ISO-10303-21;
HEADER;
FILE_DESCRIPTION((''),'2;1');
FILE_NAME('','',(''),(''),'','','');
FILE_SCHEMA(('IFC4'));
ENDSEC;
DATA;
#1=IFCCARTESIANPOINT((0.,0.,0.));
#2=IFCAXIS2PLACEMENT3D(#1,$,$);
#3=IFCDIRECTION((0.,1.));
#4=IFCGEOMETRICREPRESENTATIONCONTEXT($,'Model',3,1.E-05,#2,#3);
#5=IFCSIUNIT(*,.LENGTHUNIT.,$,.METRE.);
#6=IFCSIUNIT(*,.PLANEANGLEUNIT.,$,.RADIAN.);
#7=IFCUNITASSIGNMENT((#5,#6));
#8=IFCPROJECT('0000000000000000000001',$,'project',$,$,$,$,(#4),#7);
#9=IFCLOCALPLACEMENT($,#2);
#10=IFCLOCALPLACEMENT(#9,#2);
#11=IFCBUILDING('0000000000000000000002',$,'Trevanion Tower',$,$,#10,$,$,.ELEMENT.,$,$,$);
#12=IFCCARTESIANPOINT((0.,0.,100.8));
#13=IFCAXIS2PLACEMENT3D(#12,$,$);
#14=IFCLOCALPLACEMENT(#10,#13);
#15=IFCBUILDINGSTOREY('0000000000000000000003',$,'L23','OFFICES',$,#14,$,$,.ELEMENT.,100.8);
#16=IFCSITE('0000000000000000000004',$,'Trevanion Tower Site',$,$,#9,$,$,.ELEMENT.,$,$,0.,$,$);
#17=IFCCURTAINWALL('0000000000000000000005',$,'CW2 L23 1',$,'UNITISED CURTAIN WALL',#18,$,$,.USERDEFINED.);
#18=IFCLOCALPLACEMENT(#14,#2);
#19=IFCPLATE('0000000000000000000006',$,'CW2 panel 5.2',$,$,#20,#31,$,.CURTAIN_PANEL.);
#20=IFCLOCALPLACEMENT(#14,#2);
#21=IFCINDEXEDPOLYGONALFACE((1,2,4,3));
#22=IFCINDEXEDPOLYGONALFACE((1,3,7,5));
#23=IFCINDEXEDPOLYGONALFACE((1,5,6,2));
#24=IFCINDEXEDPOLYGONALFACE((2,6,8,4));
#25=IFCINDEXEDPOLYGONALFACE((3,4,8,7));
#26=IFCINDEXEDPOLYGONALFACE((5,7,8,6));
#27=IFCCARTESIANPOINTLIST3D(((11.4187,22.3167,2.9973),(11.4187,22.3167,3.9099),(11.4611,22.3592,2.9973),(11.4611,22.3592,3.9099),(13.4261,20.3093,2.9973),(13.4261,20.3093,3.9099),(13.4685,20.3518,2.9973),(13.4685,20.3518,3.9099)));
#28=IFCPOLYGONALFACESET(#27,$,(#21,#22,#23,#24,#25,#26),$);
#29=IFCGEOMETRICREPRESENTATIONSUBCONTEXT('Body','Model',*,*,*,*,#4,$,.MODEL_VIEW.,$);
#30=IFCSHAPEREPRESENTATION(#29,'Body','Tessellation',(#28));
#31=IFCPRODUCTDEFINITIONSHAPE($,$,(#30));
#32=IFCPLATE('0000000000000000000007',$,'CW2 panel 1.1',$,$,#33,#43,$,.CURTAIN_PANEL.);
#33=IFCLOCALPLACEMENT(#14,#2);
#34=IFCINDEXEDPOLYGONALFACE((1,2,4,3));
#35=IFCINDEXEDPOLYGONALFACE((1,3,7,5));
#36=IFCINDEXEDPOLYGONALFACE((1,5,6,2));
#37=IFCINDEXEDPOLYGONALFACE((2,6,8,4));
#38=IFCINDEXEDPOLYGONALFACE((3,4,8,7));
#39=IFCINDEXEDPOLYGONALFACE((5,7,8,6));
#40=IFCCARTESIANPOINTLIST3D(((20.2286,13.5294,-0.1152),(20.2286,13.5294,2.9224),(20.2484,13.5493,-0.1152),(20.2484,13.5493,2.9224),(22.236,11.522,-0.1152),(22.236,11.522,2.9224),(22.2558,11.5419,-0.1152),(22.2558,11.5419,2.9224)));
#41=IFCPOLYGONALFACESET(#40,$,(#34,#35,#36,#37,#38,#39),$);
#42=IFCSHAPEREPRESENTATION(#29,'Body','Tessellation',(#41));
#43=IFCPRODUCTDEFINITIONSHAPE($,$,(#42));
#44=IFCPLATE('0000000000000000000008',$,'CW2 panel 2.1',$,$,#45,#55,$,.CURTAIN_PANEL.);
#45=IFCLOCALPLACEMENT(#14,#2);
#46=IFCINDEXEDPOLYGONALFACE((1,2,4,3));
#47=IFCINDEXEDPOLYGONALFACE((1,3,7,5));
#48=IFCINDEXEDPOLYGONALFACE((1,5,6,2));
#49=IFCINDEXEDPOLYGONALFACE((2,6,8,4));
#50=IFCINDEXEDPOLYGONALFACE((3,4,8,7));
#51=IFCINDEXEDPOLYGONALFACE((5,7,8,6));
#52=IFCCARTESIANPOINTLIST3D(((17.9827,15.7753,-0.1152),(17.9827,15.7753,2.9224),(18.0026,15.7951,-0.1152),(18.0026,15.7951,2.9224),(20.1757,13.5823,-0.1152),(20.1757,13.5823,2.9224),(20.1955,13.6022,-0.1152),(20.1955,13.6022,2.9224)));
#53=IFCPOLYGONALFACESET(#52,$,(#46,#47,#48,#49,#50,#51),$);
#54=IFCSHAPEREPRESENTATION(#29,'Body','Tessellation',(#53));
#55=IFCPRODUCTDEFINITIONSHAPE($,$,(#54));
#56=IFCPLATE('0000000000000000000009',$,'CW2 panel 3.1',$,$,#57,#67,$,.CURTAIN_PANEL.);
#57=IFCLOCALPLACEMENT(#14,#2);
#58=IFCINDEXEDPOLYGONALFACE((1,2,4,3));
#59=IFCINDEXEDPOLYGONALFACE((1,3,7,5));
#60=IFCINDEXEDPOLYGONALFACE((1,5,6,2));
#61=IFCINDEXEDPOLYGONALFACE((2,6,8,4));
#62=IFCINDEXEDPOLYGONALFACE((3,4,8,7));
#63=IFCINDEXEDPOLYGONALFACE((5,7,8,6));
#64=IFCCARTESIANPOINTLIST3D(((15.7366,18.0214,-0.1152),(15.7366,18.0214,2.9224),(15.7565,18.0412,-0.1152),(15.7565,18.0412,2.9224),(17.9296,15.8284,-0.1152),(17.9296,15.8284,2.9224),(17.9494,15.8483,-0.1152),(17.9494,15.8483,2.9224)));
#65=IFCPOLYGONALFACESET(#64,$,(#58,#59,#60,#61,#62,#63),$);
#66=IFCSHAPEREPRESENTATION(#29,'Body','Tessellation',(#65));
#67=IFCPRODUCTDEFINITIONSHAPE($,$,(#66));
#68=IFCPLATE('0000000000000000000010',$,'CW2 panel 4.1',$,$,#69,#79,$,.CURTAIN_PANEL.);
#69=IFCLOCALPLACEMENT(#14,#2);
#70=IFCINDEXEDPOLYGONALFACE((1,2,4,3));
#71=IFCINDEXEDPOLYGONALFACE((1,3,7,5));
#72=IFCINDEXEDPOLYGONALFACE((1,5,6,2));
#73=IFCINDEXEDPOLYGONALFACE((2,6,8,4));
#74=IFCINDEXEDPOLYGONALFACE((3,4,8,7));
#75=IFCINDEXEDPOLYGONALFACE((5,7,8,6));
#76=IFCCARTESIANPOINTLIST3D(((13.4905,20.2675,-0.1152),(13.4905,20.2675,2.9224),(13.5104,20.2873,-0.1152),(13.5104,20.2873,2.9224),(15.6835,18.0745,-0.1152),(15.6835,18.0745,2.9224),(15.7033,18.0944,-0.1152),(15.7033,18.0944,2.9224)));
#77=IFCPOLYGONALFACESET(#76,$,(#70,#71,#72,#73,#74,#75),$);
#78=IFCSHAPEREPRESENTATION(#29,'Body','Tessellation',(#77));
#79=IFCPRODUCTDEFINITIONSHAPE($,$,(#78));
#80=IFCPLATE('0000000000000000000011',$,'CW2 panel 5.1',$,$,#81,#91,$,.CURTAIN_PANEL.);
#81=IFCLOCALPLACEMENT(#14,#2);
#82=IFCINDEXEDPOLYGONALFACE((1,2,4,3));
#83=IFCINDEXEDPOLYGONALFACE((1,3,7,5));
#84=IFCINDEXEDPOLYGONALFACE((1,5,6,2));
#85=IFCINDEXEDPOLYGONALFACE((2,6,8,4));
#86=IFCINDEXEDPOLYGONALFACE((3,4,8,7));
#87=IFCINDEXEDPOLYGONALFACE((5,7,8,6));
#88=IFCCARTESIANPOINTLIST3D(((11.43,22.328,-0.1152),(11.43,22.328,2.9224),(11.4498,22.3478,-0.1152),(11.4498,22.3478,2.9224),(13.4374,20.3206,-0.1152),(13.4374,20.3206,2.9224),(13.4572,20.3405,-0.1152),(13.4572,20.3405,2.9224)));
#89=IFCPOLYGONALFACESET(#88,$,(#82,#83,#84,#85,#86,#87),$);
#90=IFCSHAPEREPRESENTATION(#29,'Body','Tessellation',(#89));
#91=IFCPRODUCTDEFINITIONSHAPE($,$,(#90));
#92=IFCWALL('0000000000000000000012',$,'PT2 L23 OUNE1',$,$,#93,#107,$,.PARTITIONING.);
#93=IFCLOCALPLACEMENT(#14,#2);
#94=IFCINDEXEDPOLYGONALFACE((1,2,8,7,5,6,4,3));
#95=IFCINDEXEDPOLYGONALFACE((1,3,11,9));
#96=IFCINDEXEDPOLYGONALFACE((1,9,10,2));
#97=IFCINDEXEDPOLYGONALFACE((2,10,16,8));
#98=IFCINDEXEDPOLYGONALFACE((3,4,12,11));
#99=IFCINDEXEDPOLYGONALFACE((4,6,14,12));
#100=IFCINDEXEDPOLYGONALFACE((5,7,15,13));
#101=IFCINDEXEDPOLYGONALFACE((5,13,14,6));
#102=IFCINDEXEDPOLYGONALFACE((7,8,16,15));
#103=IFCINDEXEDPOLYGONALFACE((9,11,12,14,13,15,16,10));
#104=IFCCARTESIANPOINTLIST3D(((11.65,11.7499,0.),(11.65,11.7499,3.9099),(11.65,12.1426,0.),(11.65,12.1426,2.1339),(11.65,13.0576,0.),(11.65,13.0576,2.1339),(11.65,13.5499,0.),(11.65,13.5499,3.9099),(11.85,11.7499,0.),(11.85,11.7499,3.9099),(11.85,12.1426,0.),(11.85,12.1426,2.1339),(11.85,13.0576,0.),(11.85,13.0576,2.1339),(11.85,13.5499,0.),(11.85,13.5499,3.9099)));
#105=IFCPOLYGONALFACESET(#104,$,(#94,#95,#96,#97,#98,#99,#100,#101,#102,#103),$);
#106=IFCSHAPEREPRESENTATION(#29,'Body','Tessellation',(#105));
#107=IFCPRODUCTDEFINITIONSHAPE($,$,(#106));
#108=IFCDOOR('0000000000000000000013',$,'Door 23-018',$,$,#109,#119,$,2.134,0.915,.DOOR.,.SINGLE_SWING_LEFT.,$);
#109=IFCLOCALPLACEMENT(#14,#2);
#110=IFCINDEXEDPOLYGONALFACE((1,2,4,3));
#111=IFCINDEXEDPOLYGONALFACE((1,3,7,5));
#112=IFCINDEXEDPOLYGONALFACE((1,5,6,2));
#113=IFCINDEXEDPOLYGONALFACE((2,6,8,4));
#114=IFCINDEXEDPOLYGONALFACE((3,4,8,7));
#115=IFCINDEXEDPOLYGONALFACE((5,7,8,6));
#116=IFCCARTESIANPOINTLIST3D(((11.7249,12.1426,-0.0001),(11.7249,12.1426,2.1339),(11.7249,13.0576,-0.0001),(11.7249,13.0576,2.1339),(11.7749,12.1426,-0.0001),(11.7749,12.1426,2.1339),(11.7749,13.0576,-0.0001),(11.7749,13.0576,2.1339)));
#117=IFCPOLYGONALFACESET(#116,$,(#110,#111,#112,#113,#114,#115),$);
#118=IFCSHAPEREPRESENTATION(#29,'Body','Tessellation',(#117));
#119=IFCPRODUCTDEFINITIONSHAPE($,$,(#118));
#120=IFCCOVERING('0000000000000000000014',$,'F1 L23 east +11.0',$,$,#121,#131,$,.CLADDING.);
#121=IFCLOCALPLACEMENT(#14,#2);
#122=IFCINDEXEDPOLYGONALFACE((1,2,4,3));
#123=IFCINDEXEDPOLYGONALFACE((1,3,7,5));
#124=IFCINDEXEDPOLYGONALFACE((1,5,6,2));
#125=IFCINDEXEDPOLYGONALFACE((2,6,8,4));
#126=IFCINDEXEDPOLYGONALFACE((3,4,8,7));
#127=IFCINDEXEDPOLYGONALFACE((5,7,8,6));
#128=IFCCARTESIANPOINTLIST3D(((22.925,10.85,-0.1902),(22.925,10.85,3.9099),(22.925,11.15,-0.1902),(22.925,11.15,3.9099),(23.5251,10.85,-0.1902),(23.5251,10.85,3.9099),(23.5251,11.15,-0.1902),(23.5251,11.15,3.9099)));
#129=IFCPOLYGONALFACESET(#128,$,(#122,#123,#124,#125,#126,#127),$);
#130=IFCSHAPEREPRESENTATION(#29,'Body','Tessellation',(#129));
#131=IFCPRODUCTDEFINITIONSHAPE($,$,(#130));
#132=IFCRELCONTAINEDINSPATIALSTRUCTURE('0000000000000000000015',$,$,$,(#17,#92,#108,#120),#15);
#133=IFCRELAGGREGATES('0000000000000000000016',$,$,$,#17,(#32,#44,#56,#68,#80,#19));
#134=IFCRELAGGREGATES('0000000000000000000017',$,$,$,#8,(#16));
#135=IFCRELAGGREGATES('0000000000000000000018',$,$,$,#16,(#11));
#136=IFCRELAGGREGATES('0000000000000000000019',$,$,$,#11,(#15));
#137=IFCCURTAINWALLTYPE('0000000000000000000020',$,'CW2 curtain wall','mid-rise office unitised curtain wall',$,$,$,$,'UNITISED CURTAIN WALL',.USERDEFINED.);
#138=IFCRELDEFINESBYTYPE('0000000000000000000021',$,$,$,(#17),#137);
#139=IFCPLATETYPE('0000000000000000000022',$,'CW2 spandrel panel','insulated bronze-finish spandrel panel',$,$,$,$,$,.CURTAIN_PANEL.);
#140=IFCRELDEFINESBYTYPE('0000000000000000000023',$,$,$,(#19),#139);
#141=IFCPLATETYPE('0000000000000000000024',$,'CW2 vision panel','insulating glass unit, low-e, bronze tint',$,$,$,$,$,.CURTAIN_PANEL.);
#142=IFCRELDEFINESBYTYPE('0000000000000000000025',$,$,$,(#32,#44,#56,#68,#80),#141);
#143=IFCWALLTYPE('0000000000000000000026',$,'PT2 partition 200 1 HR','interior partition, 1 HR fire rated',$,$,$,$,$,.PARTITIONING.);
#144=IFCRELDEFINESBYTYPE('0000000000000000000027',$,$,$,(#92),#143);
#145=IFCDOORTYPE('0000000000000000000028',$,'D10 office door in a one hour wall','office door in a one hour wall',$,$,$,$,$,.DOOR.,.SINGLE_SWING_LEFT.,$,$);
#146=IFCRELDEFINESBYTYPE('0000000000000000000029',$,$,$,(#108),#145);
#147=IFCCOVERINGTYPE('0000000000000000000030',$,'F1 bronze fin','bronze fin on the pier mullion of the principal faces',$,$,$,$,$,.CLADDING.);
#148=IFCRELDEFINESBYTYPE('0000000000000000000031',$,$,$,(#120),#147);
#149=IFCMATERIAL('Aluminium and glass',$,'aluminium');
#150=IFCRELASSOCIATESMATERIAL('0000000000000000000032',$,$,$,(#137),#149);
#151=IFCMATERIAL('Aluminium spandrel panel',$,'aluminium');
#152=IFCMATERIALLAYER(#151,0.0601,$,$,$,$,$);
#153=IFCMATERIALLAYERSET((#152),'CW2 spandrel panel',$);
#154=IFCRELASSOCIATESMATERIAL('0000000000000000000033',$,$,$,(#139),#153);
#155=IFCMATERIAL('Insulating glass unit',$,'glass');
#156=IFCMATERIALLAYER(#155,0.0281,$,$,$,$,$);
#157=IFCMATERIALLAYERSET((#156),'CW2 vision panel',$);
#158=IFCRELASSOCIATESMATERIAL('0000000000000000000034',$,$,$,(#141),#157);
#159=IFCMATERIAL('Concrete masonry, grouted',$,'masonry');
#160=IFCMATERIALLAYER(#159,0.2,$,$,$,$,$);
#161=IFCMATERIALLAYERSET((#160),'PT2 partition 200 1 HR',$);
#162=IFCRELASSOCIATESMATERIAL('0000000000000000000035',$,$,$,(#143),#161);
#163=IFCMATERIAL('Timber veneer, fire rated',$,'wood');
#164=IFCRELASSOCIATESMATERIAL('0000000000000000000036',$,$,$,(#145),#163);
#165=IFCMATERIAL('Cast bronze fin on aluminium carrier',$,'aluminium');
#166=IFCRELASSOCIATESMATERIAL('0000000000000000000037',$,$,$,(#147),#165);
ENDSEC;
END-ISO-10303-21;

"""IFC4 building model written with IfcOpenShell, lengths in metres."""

from ifc_helpers import new_model, si_unit, direction, frame, frame_2d, origin, origin_2d, place, context, subcontext, project, spatial, rectangle, extrude, material, layer, layer_set, type_object, element, fill, aggregate, save


model = new_model("IFC4")

# Units and contexts
model_context = context("Model", 3, precision=1e-05, world=origin(), true_north=direction((0.0, 1.0)))
body_context = subcontext(model_context, "Body", "Model", "MODEL_VIEW")
ifc_project = project(units=[si_unit("LENGTHUNIT", "METRE"), si_unit("PLANEANGLEUNIT", "RADIAN")], contexts=[model_context])

# Site, building, storey
site_placement = place(None, origin())
site = spatial("IfcSite", under=ifc_project, at=site_placement, Name="Trevanion Tower Site", CompositionType="ELEMENT", RefElevation=0.0)
building_placement = place(site_placement, origin())
building = spatial("IfcBuilding", under=site, at=building_placement, Name="Trevanion Tower", CompositionType="ELEMENT")
storey_placement = place(building_placement, frame((0.0, 0.0, 100.8)))
storey = spatial("IfcBuildingStorey", under=building, at=storey_placement, Name="L23", Description="OFFICES", CompositionType="ELEMENT", Elevation=100.8)

# Curtain wall
ifc_material_1 = material(Name="Aluminium and glass", Category="aluminium")
curtain_wall_type = type_object("IfcCurtainWallType", Name="CW2 curtain wall", Description="mid-rise office unitised curtain wall", ElementType="UNITISED CURTAIN WALL", PredefinedType="USERDEFINED", material=ifc_material_1)
curtain_wall_1_placement = place(storey_placement, origin())
curtain_wall_1 = element("IfcCurtainWall", 1, at=curtain_wall_1_placement, inside=storey, type_object=curtain_wall_type, Name="CW2 L23 1", ObjectType="UNITISED CURTAIN WALL", PredefinedType="USERDEFINED")

# Plates
ifc_material_2 = material(Name="Aluminium spandrel panel", Category="aluminium")
ifc_layer_1 = layer(ifc_material_2, 0.0601)
ifc_layer_set_1 = layer_set([ifc_layer_1], Name="CW2 spandrel panel")
plate_type_1 = type_object("IfcPlateType", Name="CW2 spandrel panel", Description="insulated bronze-finish spandrel panel", PredefinedType="CURTAIN_PANEL", material=ifc_layer_set_1)
plate_1_placement = place(storey_placement, frame((12.4436, 21.3342, 2.9973), z_axis=(0.0, 0.0, 1.0), x_axis=(-0.707107, 0.707107, 0.0)))
plate_1 = element("IfcPlate", 2, at=plate_1_placement, type_object=plate_type_1, Name="CW2 panel 5.2", PredefinedType="CURTAIN_PANEL", context=body_context, shape_type="SweptSolid", body=[
    extrude(rectangle(XDim=2.8389, YDim=0.0601, at=origin_2d()), origin(), (0.0, 0.0, 1.0), 0.9126),
])
ifc_material_3 = material(Name="Insulating glass unit", Category="glass")
ifc_layer_2 = layer(ifc_material_3, 0.0281)
ifc_layer_set_2 = layer_set([ifc_layer_2], Name="CW2 vision panel")
plate_type_2 = type_object("IfcPlateType", Name="CW2 vision panel", Description="insulating glass unit, low-e, bronze tint", PredefinedType="CURTAIN_PANEL", material=ifc_layer_set_2)
plate_2_placement = place(storey_placement, frame((21.2422, 12.5356, -0.1152), z_axis=(0.0, 0.0, 1.0), x_axis=(-0.707107, 0.707107, 0.0)))
plate_2 = element("IfcPlate", 3, at=plate_2_placement, type_object=plate_type_2, Name="CW2 panel 1.1", PredefinedType="CURTAIN_PANEL", context=body_context, shape_type="SweptSolid", body=[
    extrude(rectangle(XDim=2.8389, YDim=0.0281, at=origin_2d()), origin(), (0.0, 0.0, 1.0), 3.0376),
])
plate_3_placement = place(storey_placement, frame((19.0891, 14.6887, -0.1152), z_axis=(0.0, 0.0, 1.0), x_axis=(-0.707107, 0.707107, 0.0)))
plate_3 = element("IfcPlate", 4, at=plate_3_placement, type_object=plate_type_2, Name="CW2 panel 2.1", PredefinedType="CURTAIN_PANEL", context=body_context, shape_type="SweptSolid", body=[
    extrude(rectangle(XDim=3.1013, YDim=0.0281, at=origin_2d()), origin(), (0.0, 0.0, 1.0), 3.0376),
])
plate_4_placement = place(storey_placement, frame((16.843, 16.9348, -0.1152), z_axis=(0.0, 0.0, 1.0), x_axis=(-0.707107, 0.707107, 0.0)))
plate_4 = element("IfcPlate", 5, at=plate_4_placement, type_object=plate_type_2, Name="CW2 panel 3.1", PredefinedType="CURTAIN_PANEL", context=body_context, shape_type="SweptSolid", body=[
    extrude(rectangle(XDim=3.1013, YDim=0.0281, at=origin_2d()), origin(), (0.0, 0.0, 1.0), 3.0376),
])
plate_5_placement = place(storey_placement, frame((14.5969, 19.1809, -0.1152), z_axis=(0.0, 0.0, 1.0), x_axis=(-0.707107, 0.707107, 0.0)))
plate_5 = element("IfcPlate", 6, at=plate_5_placement, type_object=plate_type_2, Name="CW2 panel 4.1", PredefinedType="CURTAIN_PANEL", context=body_context, shape_type="SweptSolid", body=[
    extrude(rectangle(XDim=3.1013, YDim=0.0281, at=origin_2d()), origin(), (0.0, 0.0, 1.0), 3.0376),
])
plate_6_placement = place(storey_placement, frame((12.4436, 21.3342, -0.1152), z_axis=(0.0, 0.0, 1.0), x_axis=(-0.707107, 0.707107, 0.0)))
plate_6 = element("IfcPlate", 7, at=plate_6_placement, type_object=plate_type_2, Name="CW2 panel 5.1", PredefinedType="CURTAIN_PANEL", context=body_context, shape_type="SweptSolid", body=[
    extrude(rectangle(XDim=2.8389, YDim=0.0281, at=origin_2d()), origin(), (0.0, 0.0, 1.0), 3.0376),
])
aggregate(curtain_wall_1, [plate_2, plate_3, plate_4, plate_5, plate_6, plate_1])

# Wall, opening, door
ifc_material_4 = material(Name="Concrete masonry, grouted", Category="masonry")
ifc_layer_3 = layer(ifc_material_4, 0.2)
ifc_layer_set_3 = layer_set([ifc_layer_3], Name="PT2 partition 200 1 HR")
wall_type = type_object("IfcWallType", Name="PT2 partition 200 1 HR", Description="interior partition, 1 HR fire rated", PredefinedType="PARTITIONING", material=ifc_layer_set_3)
wall_placement = place(storey_placement, frame((11.75, 11.75, 0.0), z_axis=(0.0, 0.0, 1.0), x_axis=(0.0, 1.0, 0.0)))
wall = element("IfcWall", 8, at=wall_placement, inside=storey, type_object=wall_type, Name="PT2 L23 OUNE1", PredefinedType="PARTITIONING", context=body_context, shape_type="SweptSolid", body=[
    extrude(rectangle(XDim=1.8, YDim=0.2, at=frame_2d((0.8999, 0.0))), origin(), (0.0, 0.0, 1.0), 3.9099),
])
opening_placement = place(wall_placement, frame((0.3926, 0.0, 0.0)))
opening = element("IfcOpeningElement", 9, at=opening_placement, cuts=wall, PredefinedType="OPENING", context=body_context, shape_type="SweptSolid", body=[
    extrude(rectangle(XDim=0.915, YDim=2.134, at=frame_2d((0.4575, 1.0669))), frame((0.0, 0.1099, 0.0), z_axis=(0.0, -1.0, 0.0), x_axis=(1.0, 0.0, 0.0)), (0.0, 0.0, 1.0), 0.22),
])
ifc_material_5 = material(Name="Timber veneer, fire rated", Category="wood")
door_type = type_object("IfcDoorType", Name="D10 office door in a one hour wall", Description="office door in a one hour wall", OperationType="SINGLE_SWING_LEFT", PredefinedType="DOOR", material=ifc_material_5)
door_placement = place(opening_placement, frame((0.915, 0.0, 0.0), z_axis=(0.0, 0.0, 1.0), x_axis=(-1.0, 0.0, 0.0)))
door = element("IfcDoor", 10, at=door_placement, inside=storey, type_object=door_type, Name="Door 23-018", OperationType="SINGLE_SWING_LEFT", OverallHeight=2.134, OverallWidth=0.915, PredefinedType="DOOR", context=body_context, shape_type="SweptSolid", body=[
    extrude(rectangle(XDim=0.915, YDim=2.134, at=frame_2d((0.4575, 1.0669))), frame((0.0, 0.0249, 0.0), z_axis=(0.0, -1.0, 0.0), x_axis=(1.0, 0.0, 0.0)), (0.0, 0.0, 1.0), 0.05),
])
fill(opening, door)

# Covering
ifc_material_6 = material(Name="Cast bronze fin on aluminium carrier", Category="aluminium")
covering_type = type_object("IfcCoveringType", Name="F1 bronze fin", Description="bronze fin on the pier mullion of the principal faces", PredefinedType="CLADDING", material=ifc_material_6)
covering_placement = place(storey_placement, frame((23.2251, 11.0, -0.1902), z_axis=(0.0, 0.0, 1.0), x_axis=(0.0, 1.0, 0.0)))
element("IfcCovering", 11, at=covering_placement, inside=storey, type_object=covering_type, Name="F1 L23 east +11.0", PredefinedType="CLADDING", context=body_context, shape_type="SweptSolid", body=[
    extrude(rectangle(XDim=0.3, YDim=0.6001, at=origin_2d()), origin(), (0.0, 0.0, 1.0), 4.1001),
])

save(model, "model.ifc")
